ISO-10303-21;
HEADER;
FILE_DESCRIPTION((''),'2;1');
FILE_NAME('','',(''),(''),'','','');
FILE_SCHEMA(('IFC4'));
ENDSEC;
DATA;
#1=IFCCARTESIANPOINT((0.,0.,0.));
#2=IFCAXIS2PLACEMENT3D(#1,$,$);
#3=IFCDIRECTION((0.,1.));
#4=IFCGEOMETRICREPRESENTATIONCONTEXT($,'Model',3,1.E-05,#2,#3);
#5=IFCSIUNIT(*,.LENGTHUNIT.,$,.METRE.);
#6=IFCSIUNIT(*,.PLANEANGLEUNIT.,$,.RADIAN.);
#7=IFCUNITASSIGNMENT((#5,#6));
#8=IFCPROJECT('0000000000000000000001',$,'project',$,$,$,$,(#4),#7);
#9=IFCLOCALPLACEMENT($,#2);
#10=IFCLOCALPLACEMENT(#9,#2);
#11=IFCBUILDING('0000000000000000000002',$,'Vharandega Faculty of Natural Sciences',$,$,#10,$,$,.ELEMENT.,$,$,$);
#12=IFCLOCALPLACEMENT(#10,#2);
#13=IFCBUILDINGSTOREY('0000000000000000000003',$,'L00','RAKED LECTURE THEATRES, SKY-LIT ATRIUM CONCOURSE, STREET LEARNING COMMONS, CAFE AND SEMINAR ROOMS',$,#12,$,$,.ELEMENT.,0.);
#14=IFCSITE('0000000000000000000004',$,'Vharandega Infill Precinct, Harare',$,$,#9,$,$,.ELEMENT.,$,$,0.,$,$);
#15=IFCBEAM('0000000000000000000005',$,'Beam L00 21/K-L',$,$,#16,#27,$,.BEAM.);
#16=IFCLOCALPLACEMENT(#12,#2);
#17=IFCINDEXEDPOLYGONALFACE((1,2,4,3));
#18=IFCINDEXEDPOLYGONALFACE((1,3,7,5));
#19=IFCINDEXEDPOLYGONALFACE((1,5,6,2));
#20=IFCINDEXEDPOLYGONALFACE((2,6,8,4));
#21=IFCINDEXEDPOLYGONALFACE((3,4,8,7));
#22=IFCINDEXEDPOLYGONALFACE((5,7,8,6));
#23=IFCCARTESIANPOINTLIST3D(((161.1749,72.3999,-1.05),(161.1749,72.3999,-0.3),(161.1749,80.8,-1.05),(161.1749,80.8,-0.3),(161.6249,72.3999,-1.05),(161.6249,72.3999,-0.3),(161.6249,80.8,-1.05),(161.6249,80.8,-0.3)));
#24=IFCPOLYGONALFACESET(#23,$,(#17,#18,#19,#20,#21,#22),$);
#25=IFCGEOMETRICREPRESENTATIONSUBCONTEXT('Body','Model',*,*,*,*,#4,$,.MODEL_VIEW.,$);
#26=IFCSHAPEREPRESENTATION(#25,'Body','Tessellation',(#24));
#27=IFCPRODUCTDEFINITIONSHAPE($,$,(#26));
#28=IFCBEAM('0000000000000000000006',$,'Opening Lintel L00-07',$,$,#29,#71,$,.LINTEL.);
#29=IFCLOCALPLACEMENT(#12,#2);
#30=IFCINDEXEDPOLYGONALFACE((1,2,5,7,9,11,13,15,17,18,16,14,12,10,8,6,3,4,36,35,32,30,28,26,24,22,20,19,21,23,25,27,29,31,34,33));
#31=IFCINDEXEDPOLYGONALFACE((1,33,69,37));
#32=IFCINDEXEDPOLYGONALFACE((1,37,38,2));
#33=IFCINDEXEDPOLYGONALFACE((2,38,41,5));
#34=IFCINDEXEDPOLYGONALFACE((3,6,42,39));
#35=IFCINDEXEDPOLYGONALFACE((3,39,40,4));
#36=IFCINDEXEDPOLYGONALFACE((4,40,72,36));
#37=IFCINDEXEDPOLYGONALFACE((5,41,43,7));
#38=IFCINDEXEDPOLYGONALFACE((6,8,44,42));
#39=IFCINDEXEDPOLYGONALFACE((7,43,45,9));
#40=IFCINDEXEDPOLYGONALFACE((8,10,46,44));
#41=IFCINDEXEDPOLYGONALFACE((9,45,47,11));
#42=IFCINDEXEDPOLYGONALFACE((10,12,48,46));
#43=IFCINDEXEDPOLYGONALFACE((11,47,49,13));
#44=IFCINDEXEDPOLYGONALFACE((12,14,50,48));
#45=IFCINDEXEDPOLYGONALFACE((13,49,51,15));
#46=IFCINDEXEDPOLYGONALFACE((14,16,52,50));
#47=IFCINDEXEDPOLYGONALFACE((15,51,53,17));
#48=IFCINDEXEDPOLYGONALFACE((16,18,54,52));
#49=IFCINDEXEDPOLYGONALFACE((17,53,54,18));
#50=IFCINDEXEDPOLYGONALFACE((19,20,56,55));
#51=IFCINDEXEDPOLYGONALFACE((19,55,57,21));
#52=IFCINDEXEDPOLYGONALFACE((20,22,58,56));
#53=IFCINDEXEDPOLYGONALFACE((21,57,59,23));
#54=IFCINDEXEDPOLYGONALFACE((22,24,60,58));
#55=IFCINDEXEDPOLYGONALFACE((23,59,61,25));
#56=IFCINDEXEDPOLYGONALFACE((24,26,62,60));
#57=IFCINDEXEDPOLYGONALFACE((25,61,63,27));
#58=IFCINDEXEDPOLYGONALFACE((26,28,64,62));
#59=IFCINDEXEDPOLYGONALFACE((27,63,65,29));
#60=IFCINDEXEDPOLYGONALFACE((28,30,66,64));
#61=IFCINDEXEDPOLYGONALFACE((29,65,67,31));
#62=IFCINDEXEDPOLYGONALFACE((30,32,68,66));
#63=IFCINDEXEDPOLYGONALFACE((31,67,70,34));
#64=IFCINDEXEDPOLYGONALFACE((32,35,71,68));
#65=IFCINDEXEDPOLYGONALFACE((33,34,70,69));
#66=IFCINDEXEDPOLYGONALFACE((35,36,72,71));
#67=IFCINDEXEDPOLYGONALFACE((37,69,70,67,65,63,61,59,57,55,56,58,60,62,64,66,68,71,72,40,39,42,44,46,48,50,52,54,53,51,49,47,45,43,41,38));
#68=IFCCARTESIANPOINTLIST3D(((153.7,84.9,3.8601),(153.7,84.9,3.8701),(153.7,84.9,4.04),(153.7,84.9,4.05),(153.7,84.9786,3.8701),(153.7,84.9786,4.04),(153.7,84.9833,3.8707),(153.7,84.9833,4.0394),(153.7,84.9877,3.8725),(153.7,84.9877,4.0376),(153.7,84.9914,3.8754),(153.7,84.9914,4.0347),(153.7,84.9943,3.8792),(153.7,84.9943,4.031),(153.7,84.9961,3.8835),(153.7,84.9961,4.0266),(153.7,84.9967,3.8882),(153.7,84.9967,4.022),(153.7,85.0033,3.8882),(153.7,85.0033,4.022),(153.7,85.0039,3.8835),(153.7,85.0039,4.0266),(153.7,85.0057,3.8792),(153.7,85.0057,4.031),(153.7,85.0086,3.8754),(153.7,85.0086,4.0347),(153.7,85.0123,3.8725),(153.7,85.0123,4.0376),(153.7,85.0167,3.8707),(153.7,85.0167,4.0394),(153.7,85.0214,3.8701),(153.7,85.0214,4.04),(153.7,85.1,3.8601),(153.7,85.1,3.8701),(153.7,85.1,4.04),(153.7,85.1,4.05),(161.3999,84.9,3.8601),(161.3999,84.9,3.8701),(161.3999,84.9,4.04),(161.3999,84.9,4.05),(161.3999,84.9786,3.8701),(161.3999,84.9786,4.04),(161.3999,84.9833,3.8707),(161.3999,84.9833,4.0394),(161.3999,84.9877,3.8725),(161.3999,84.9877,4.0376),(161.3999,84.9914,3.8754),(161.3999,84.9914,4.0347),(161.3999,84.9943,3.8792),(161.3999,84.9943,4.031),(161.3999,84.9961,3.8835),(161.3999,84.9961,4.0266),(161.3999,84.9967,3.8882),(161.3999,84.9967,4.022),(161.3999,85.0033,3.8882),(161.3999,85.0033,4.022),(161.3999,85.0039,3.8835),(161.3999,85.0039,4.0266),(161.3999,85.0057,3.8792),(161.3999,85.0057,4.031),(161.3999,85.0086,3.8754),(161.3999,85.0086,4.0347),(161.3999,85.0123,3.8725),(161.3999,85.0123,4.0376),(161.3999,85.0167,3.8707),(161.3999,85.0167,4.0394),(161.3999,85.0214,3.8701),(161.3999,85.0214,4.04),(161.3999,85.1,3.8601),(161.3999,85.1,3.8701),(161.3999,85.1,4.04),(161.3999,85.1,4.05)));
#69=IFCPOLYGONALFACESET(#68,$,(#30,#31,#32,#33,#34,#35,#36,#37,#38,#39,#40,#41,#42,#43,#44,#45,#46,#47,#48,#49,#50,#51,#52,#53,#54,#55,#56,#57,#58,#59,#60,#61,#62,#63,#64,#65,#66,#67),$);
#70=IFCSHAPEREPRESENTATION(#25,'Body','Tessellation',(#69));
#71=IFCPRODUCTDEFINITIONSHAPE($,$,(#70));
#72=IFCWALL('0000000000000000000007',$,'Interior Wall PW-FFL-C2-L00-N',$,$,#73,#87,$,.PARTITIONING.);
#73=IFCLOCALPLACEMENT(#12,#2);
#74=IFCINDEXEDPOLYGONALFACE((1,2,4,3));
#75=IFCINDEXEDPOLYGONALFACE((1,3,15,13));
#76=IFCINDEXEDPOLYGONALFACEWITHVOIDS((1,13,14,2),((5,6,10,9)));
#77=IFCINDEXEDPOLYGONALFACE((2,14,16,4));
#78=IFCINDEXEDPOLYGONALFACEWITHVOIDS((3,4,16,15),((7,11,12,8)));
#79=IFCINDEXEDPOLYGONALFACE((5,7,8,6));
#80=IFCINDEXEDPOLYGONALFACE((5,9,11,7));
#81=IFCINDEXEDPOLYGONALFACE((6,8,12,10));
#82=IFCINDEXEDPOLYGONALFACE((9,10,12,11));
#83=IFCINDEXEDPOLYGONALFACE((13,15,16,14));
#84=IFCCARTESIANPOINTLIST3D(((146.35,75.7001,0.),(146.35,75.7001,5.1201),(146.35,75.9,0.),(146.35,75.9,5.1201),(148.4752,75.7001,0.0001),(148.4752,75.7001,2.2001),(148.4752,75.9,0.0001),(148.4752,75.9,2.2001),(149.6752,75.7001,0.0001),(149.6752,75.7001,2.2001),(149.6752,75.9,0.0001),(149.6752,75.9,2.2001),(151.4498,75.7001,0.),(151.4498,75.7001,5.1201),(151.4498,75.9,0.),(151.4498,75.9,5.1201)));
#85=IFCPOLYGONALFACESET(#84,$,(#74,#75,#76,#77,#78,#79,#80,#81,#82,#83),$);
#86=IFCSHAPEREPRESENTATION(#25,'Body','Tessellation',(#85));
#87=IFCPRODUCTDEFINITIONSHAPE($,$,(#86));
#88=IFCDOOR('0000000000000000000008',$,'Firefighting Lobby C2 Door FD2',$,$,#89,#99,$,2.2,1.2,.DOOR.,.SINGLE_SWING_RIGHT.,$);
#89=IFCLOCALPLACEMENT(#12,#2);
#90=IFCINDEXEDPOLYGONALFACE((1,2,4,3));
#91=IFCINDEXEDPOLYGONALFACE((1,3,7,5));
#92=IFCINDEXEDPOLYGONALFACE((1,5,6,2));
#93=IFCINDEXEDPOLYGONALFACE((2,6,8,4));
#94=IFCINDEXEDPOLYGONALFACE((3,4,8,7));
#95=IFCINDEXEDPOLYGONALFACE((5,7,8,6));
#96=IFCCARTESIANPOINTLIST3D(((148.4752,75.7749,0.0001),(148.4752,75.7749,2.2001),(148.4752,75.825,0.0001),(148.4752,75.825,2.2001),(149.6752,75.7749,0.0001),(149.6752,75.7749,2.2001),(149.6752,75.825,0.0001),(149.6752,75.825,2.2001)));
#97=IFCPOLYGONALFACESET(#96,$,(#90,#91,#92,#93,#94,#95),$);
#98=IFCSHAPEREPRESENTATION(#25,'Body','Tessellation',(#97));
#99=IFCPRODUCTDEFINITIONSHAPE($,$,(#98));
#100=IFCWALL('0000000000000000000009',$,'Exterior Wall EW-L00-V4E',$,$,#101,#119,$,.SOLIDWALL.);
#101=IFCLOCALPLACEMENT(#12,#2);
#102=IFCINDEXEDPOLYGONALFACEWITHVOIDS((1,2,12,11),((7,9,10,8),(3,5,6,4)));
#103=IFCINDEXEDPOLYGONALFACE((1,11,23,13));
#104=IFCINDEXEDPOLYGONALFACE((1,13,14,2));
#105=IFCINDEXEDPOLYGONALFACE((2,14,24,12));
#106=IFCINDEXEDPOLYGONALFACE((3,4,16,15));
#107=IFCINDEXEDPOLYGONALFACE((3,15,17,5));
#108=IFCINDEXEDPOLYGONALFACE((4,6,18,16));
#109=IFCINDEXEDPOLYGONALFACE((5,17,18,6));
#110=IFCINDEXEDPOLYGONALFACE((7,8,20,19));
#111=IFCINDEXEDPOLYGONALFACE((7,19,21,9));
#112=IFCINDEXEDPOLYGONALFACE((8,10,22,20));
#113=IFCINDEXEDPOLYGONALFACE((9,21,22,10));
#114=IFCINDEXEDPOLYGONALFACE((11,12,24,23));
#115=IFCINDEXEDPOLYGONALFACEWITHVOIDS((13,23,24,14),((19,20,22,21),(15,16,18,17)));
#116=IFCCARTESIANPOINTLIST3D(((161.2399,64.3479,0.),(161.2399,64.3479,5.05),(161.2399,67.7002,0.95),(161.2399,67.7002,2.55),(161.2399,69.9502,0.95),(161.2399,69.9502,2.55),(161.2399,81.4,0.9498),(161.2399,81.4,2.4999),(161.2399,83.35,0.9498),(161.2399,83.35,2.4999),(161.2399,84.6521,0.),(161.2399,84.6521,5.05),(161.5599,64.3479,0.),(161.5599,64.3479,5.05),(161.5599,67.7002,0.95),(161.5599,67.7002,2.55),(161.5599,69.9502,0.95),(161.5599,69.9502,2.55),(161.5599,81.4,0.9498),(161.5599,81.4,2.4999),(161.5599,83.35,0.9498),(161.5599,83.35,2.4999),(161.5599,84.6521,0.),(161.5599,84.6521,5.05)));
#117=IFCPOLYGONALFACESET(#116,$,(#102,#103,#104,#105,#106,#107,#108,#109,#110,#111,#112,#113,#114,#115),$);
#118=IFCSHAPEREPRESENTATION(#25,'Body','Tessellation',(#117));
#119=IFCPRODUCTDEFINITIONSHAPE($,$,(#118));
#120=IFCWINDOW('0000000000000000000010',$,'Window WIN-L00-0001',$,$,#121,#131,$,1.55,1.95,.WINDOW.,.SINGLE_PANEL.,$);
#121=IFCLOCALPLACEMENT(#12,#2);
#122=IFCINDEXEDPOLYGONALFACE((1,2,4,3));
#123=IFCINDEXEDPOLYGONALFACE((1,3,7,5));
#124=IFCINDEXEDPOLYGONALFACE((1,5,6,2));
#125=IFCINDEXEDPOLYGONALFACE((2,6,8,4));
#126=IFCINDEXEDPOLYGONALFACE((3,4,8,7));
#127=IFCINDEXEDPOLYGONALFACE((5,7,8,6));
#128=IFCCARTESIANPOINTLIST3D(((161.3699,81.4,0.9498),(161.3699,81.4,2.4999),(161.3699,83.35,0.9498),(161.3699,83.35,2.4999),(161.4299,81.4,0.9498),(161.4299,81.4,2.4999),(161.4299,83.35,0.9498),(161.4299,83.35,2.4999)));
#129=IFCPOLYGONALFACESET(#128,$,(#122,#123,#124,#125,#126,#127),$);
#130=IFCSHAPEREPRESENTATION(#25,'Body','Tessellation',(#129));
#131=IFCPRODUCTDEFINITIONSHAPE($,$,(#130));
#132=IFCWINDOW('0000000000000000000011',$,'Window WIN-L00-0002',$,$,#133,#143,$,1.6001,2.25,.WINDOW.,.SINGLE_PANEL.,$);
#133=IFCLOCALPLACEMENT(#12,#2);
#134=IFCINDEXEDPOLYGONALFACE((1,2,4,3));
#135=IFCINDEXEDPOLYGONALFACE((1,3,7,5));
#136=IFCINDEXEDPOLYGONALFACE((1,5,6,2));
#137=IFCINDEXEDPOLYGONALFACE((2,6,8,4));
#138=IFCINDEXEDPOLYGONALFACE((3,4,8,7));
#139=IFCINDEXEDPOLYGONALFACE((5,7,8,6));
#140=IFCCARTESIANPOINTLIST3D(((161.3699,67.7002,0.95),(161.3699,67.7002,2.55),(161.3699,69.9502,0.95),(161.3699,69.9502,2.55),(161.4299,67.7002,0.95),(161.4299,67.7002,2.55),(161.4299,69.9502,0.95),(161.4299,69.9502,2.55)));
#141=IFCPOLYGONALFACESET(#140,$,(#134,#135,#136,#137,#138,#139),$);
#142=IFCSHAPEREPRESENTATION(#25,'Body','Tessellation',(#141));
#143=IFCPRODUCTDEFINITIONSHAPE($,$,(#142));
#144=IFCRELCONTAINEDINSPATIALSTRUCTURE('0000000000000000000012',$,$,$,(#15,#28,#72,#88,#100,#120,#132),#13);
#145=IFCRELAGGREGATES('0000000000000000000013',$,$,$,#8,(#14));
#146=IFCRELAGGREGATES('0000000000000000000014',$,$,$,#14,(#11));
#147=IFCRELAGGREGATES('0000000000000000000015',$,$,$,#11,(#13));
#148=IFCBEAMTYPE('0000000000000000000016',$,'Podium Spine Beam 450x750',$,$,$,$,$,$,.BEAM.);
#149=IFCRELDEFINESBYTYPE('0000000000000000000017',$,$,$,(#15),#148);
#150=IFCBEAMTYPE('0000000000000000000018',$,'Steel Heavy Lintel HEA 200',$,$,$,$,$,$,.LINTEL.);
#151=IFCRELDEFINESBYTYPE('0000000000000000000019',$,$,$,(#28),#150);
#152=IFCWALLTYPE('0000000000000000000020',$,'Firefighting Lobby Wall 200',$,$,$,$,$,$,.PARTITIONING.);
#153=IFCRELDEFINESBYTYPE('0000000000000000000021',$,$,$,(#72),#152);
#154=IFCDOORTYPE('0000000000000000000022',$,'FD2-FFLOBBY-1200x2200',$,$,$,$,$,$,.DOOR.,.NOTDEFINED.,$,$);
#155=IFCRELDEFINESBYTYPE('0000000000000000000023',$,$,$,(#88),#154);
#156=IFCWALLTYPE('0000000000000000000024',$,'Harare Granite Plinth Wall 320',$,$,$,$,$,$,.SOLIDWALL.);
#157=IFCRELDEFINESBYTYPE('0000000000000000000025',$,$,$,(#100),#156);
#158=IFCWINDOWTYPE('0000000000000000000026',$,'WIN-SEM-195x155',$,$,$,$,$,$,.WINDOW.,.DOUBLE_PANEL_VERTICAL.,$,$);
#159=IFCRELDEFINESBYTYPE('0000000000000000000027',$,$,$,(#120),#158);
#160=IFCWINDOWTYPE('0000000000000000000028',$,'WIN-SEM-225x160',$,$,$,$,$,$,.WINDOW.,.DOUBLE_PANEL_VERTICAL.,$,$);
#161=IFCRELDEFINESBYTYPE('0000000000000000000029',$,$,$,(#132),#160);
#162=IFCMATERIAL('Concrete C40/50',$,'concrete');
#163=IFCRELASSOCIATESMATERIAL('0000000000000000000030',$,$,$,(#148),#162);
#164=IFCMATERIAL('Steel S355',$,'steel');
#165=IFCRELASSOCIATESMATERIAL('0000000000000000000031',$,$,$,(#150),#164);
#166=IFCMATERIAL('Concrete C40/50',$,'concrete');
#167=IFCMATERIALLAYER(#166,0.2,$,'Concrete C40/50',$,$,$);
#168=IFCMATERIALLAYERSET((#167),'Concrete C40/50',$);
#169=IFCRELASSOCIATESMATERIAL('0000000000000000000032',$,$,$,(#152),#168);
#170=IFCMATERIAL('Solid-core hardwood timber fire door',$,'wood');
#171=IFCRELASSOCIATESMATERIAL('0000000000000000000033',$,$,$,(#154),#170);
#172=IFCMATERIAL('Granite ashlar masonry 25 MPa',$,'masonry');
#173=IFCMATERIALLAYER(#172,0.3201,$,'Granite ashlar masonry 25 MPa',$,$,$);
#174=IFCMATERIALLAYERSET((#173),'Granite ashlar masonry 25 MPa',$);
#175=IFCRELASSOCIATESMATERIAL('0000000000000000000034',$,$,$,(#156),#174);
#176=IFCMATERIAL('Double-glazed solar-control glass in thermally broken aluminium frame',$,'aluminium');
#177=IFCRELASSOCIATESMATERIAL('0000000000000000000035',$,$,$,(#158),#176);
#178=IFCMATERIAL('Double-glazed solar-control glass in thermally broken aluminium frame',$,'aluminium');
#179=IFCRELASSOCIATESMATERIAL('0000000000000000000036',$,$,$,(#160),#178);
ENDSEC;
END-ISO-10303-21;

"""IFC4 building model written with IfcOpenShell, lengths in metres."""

from ifc_helpers import new_model, si_unit, direction, frame, frame_2d, origin, origin_2d, place, context, subcontext, project, spatial, rectangle, i_section, extrude, material, layer, layer_set, material_profile, profile_set, type_object, element, fill, save


model = new_model("IFC4")

# Units and contexts
model_context = context("Model", 3, precision=1e-05, world=origin(), true_north=direction((0.0, 1.0)))
body_context = subcontext(model_context, "Body", "Model", "MODEL_VIEW")
ifc_project = project(units=[si_unit("LENGTHUNIT", "METRE"), si_unit("PLANEANGLEUNIT", "RADIAN")], contexts=[model_context])

# Site, building, storey
site_placement = place(None, origin())
site = spatial("IfcSite", under=ifc_project, at=site_placement, Name="Vharandega Infill Precinct, Harare", CompositionType="ELEMENT", RefElevation=0.0)
building_placement = place(site_placement, origin())
building = spatial("IfcBuilding", under=site, at=building_placement, Name="Vharandega Faculty of Natural Sciences", CompositionType="ELEMENT")
storey_placement = place(building_placement, origin())
storey = spatial("IfcBuildingStorey", under=building, at=storey_placement, Name="L00", Description="RAKED LECTURE THEATRES, SKY-LIT ATRIUM CONCOURSE, STREET LEARNING COMMONS, CAFE AND SEMINAR ROOMS", CompositionType="ELEMENT", Elevation=0.0)

# Beams
ifc_material_1 = material(Name="Concrete C40/50", Category="concrete")
ifc_material_profile_1 = material_profile(ifc_material_1, rectangle(XDim=0.45, YDim=0.75, at=origin_2d()), Name="RC 450x750")
ifc_profile_set_1 = profile_set([ifc_material_profile_1], Name="Concrete C40/50")
beam_type_1 = type_object("IfcBeamType", Name="Podium Spine Beam 450x750", PredefinedType="BEAM", material=ifc_profile_set_1)
for number, where, z_axis, x_axis, name in (
    (1, (161.3999, 72.3999, -0.675), (0.0, 1.0, 0.0), (-1.0, 0.0, 0.0), "Beam L00 21/K-L"),
):
    element("IfcBeam", number, at=place(storey_placement, frame(where, z_axis=z_axis, x_axis=x_axis)), inside=storey, type_object=beam_type_1, Name=name, PredefinedType="BEAM", context=body_context, shape_type="SweptSolid", body=[
        extrude(rectangle(XDim=0.45, YDim=0.75, at=origin_2d()), origin(), (0.0, 0.0, 1.0), 8.4001),
    ])
ifc_material_2 = material(Name="Steel S355", Category="steel")
ifc_material_profile_2 = material_profile(ifc_material_2, i_section(OverallWidth=0.2, OverallDepth=0.1899, WebThickness=0.0066, FlangeThickness=0.01, FilletRadius=0.0181, at=origin_2d()), Name="HEA 200")
ifc_profile_set_2 = profile_set([ifc_material_profile_2], Name="Steel S355")
beam_type_2 = type_object("IfcBeamType", Name="Steel Heavy Lintel HEA 200", PredefinedType="LINTEL", material=ifc_profile_set_2)
beam_1_placement = place(storey_placement, frame((153.7, 85.0, 3.9551), z_axis=(1.0, 0.0, 0.0), x_axis=(0.0, 1.0, 0.0)))
element("IfcBeam", 2, at=beam_1_placement, inside=storey, type_object=beam_type_2, Name="Opening Lintel L00-07", PredefinedType="LINTEL", context=body_context, shape_type="SweptSolid", body=[
    extrude(i_section(OverallWidth=0.2, OverallDepth=0.1899, WebThickness=0.0066, FlangeThickness=0.01, FilletRadius=0.0181, at=origin_2d()), origin(), (0.0, 0.0, 1.0), 7.7),
])

# Wall, opening, door
ifc_material_3 = material(Name="Concrete C40/50", Category="concrete")
ifc_layer_1 = layer(ifc_material_3, 0.2, Name="Concrete C40/50")
ifc_layer_set_1 = layer_set([ifc_layer_1], Name="Concrete C40/50")
wall_type_1 = type_object("IfcWallType", Name="Firefighting Lobby Wall 200", PredefinedType="PARTITIONING", material=ifc_layer_set_1)
wall_1_placement = place(storey_placement, frame((146.3501, 75.8, 0.0), z_axis=(0.0, 0.0, 1.0), x_axis=(1.0, 0.0, 0.0)))
wall_1 = element("IfcWall", 3, at=wall_1_placement, inside=storey, type_object=wall_type_1, Name="Interior Wall PW-FFL-C2-L00-N", PredefinedType="PARTITIONING", context=body_context, shape_type="SweptSolid", body=[
    extrude(rectangle(XDim=5.0999, YDim=0.2, at=frame_2d((2.5498, 0.0))), origin(), (0.0, 0.0, 1.0), 5.1201),
])
opening_1_placement = place(wall_1_placement, frame((2.125, 0.0, 0.0)))
opening_1 = element("IfcOpeningElement", 4, at=opening_1_placement, cuts=wall_1, PredefinedType="OPENING", context=body_context, shape_type="SweptSolid", body=[
    extrude(rectangle(XDim=1.2, YDim=2.2, at=frame_2d((0.6001, 1.1001))), frame((0.0, 0.1099, 0.0), z_axis=(0.0, -1.0, 0.0), x_axis=(1.0, 0.0, 0.0)), (0.0, 0.0, 1.0), 0.22),
])
ifc_material_4 = material(Name="Solid-core hardwood timber fire door", Category="wood")
door_type_1 = type_object("IfcDoorType", Name="FD2-FFLOBBY-1200x2200", OperationType="NOTDEFINED", PredefinedType="DOOR", material=ifc_material_4)
door_1_placement = place(opening_1_placement, origin())
door_1 = element("IfcDoor", 5, at=door_1_placement, inside=storey, type_object=door_type_1, Name="Firefighting Lobby C2 Door FD2", OperationType="SINGLE_SWING_RIGHT", OverallHeight=2.2, OverallWidth=1.2, PredefinedType="DOOR", context=body_context, shape_type="SweptSolid", body=[
    extrude(rectangle(XDim=1.2, YDim=2.2, at=frame_2d((0.6001, 1.1001))), frame((0.0, 0.0249, 0.0), z_axis=(0.0, -1.0, 0.0), x_axis=(1.0, 0.0, 0.0)), (0.0, 0.0, 1.0), 0.05),
])
fill(opening_1, door_1)

# Wall, openings, windows
ifc_material_5 = material(Name="Granite ashlar masonry 25 MPa", Category="masonry")
ifc_layer_2 = layer(ifc_material_5, 0.3201, Name="Granite ashlar masonry 25 MPa")
ifc_layer_set_2 = layer_set([ifc_layer_2], Name="Granite ashlar masonry 25 MPa")
wall_type_2 = type_object("IfcWallType", Name="Harare Granite Plinth Wall 320", PredefinedType="SOLIDWALL", material=ifc_layer_set_2)
wall_2_placement = place(storey_placement, frame((161.3999, 84.6521, 0.0), z_axis=(0.0, 0.0, 1.0), x_axis=(0.0, -1.0, 0.0)))
wall_2 = element("IfcWall", 6, at=wall_2_placement, inside=storey, type_object=wall_type_2, Name="Exterior Wall EW-L00-V4E", PredefinedType="SOLIDWALL", context=body_context, shape_type="SweptSolid", body=[
    extrude(rectangle(XDim=20.3042, YDim=0.3201, at=frame_2d((10.1521, 0.0))), origin(), (0.0, 0.0, 1.0), 5.05),
])
opening_2_placement = place(wall_2_placement, frame((1.302, 0.0, 0.95)))
opening_2 = element("IfcOpeningElement", 7, at=opening_2_placement, cuts=wall_2, PredefinedType="OPENING", context=body_context, shape_type="SweptSolid", body=[
    extrude(rectangle(XDim=1.95, YDim=1.55, at=frame_2d((0.9751, 0.7749))), frame((0.0, 0.1699, 0.0), z_axis=(0.0, -1.0, 0.0), x_axis=(1.0, 0.0, 0.0)), (0.0, 0.0, 1.0), 0.3401),
])
opening_3_placement = place(wall_2_placement, frame((14.7019, 0.0, 0.95)))
opening_3 = element("IfcOpeningElement", 8, at=opening_3_placement, cuts=wall_2, PredefinedType="OPENING", context=body_context, shape_type="SweptSolid", body=[
    extrude(rectangle(XDim=2.25, YDim=1.6001, at=frame_2d((1.125, 0.8))), frame((0.0, 0.1699, 0.0), z_axis=(0.0, -1.0, 0.0), x_axis=(1.0, 0.0, 0.0)), (0.0, 0.0, 1.0), 0.3401),
])
ifc_material_6 = material(Name="Double-glazed solar-control glass in thermally broken aluminium frame", Category="aluminium")
window_type_1 = type_object("IfcWindowType", Name="WIN-SEM-195x155", PartitioningType="DOUBLE_PANEL_VERTICAL", PredefinedType="WINDOW", material=ifc_material_6)
window_1_placement = place(opening_2_placement, origin())
window_1 = element("IfcWindow", 9, at=window_1_placement, inside=storey, type_object=window_type_1, Name="Window WIN-L00-0001", OverallHeight=1.55, OverallWidth=1.95, PartitioningType="SINGLE_PANEL", PredefinedType="WINDOW", context=body_context, shape_type="SweptSolid", body=[
    extrude(rectangle(XDim=1.95, YDim=1.55, at=frame_2d((0.9751, 0.7749))), frame((0.0, 0.03, 0.0), z_axis=(0.0, -1.0, 0.0), x_axis=(1.0, 0.0, 0.0)), (0.0, 0.0, 1.0), 0.0601),
])
fill(opening_2, window_1)
ifc_material_7 = material(Name="Double-glazed solar-control glass in thermally broken aluminium frame", Category="aluminium")
window_type_2 = type_object("IfcWindowType", Name="WIN-SEM-225x160", PartitioningType="DOUBLE_PANEL_VERTICAL", PredefinedType="WINDOW", material=ifc_material_7)
window_2_placement = place(opening_3_placement, origin())
window_2 = element("IfcWindow", 10, at=window_2_placement, inside=storey, type_object=window_type_2, Name="Window WIN-L00-0002", OverallHeight=1.6001, OverallWidth=2.25, PartitioningType="SINGLE_PANEL", PredefinedType="WINDOW", context=body_context, shape_type="SweptSolid", body=[
    extrude(rectangle(XDim=2.25, YDim=1.6001, at=frame_2d((1.125, 0.8))), frame((0.0, 0.03, 0.0), z_axis=(0.0, -1.0, 0.0), x_axis=(1.0, 0.0, 0.0)), (0.0, 0.0, 1.0), 0.0601),
])
fill(opening_3, window_2)

save(model, "model.ifc")
